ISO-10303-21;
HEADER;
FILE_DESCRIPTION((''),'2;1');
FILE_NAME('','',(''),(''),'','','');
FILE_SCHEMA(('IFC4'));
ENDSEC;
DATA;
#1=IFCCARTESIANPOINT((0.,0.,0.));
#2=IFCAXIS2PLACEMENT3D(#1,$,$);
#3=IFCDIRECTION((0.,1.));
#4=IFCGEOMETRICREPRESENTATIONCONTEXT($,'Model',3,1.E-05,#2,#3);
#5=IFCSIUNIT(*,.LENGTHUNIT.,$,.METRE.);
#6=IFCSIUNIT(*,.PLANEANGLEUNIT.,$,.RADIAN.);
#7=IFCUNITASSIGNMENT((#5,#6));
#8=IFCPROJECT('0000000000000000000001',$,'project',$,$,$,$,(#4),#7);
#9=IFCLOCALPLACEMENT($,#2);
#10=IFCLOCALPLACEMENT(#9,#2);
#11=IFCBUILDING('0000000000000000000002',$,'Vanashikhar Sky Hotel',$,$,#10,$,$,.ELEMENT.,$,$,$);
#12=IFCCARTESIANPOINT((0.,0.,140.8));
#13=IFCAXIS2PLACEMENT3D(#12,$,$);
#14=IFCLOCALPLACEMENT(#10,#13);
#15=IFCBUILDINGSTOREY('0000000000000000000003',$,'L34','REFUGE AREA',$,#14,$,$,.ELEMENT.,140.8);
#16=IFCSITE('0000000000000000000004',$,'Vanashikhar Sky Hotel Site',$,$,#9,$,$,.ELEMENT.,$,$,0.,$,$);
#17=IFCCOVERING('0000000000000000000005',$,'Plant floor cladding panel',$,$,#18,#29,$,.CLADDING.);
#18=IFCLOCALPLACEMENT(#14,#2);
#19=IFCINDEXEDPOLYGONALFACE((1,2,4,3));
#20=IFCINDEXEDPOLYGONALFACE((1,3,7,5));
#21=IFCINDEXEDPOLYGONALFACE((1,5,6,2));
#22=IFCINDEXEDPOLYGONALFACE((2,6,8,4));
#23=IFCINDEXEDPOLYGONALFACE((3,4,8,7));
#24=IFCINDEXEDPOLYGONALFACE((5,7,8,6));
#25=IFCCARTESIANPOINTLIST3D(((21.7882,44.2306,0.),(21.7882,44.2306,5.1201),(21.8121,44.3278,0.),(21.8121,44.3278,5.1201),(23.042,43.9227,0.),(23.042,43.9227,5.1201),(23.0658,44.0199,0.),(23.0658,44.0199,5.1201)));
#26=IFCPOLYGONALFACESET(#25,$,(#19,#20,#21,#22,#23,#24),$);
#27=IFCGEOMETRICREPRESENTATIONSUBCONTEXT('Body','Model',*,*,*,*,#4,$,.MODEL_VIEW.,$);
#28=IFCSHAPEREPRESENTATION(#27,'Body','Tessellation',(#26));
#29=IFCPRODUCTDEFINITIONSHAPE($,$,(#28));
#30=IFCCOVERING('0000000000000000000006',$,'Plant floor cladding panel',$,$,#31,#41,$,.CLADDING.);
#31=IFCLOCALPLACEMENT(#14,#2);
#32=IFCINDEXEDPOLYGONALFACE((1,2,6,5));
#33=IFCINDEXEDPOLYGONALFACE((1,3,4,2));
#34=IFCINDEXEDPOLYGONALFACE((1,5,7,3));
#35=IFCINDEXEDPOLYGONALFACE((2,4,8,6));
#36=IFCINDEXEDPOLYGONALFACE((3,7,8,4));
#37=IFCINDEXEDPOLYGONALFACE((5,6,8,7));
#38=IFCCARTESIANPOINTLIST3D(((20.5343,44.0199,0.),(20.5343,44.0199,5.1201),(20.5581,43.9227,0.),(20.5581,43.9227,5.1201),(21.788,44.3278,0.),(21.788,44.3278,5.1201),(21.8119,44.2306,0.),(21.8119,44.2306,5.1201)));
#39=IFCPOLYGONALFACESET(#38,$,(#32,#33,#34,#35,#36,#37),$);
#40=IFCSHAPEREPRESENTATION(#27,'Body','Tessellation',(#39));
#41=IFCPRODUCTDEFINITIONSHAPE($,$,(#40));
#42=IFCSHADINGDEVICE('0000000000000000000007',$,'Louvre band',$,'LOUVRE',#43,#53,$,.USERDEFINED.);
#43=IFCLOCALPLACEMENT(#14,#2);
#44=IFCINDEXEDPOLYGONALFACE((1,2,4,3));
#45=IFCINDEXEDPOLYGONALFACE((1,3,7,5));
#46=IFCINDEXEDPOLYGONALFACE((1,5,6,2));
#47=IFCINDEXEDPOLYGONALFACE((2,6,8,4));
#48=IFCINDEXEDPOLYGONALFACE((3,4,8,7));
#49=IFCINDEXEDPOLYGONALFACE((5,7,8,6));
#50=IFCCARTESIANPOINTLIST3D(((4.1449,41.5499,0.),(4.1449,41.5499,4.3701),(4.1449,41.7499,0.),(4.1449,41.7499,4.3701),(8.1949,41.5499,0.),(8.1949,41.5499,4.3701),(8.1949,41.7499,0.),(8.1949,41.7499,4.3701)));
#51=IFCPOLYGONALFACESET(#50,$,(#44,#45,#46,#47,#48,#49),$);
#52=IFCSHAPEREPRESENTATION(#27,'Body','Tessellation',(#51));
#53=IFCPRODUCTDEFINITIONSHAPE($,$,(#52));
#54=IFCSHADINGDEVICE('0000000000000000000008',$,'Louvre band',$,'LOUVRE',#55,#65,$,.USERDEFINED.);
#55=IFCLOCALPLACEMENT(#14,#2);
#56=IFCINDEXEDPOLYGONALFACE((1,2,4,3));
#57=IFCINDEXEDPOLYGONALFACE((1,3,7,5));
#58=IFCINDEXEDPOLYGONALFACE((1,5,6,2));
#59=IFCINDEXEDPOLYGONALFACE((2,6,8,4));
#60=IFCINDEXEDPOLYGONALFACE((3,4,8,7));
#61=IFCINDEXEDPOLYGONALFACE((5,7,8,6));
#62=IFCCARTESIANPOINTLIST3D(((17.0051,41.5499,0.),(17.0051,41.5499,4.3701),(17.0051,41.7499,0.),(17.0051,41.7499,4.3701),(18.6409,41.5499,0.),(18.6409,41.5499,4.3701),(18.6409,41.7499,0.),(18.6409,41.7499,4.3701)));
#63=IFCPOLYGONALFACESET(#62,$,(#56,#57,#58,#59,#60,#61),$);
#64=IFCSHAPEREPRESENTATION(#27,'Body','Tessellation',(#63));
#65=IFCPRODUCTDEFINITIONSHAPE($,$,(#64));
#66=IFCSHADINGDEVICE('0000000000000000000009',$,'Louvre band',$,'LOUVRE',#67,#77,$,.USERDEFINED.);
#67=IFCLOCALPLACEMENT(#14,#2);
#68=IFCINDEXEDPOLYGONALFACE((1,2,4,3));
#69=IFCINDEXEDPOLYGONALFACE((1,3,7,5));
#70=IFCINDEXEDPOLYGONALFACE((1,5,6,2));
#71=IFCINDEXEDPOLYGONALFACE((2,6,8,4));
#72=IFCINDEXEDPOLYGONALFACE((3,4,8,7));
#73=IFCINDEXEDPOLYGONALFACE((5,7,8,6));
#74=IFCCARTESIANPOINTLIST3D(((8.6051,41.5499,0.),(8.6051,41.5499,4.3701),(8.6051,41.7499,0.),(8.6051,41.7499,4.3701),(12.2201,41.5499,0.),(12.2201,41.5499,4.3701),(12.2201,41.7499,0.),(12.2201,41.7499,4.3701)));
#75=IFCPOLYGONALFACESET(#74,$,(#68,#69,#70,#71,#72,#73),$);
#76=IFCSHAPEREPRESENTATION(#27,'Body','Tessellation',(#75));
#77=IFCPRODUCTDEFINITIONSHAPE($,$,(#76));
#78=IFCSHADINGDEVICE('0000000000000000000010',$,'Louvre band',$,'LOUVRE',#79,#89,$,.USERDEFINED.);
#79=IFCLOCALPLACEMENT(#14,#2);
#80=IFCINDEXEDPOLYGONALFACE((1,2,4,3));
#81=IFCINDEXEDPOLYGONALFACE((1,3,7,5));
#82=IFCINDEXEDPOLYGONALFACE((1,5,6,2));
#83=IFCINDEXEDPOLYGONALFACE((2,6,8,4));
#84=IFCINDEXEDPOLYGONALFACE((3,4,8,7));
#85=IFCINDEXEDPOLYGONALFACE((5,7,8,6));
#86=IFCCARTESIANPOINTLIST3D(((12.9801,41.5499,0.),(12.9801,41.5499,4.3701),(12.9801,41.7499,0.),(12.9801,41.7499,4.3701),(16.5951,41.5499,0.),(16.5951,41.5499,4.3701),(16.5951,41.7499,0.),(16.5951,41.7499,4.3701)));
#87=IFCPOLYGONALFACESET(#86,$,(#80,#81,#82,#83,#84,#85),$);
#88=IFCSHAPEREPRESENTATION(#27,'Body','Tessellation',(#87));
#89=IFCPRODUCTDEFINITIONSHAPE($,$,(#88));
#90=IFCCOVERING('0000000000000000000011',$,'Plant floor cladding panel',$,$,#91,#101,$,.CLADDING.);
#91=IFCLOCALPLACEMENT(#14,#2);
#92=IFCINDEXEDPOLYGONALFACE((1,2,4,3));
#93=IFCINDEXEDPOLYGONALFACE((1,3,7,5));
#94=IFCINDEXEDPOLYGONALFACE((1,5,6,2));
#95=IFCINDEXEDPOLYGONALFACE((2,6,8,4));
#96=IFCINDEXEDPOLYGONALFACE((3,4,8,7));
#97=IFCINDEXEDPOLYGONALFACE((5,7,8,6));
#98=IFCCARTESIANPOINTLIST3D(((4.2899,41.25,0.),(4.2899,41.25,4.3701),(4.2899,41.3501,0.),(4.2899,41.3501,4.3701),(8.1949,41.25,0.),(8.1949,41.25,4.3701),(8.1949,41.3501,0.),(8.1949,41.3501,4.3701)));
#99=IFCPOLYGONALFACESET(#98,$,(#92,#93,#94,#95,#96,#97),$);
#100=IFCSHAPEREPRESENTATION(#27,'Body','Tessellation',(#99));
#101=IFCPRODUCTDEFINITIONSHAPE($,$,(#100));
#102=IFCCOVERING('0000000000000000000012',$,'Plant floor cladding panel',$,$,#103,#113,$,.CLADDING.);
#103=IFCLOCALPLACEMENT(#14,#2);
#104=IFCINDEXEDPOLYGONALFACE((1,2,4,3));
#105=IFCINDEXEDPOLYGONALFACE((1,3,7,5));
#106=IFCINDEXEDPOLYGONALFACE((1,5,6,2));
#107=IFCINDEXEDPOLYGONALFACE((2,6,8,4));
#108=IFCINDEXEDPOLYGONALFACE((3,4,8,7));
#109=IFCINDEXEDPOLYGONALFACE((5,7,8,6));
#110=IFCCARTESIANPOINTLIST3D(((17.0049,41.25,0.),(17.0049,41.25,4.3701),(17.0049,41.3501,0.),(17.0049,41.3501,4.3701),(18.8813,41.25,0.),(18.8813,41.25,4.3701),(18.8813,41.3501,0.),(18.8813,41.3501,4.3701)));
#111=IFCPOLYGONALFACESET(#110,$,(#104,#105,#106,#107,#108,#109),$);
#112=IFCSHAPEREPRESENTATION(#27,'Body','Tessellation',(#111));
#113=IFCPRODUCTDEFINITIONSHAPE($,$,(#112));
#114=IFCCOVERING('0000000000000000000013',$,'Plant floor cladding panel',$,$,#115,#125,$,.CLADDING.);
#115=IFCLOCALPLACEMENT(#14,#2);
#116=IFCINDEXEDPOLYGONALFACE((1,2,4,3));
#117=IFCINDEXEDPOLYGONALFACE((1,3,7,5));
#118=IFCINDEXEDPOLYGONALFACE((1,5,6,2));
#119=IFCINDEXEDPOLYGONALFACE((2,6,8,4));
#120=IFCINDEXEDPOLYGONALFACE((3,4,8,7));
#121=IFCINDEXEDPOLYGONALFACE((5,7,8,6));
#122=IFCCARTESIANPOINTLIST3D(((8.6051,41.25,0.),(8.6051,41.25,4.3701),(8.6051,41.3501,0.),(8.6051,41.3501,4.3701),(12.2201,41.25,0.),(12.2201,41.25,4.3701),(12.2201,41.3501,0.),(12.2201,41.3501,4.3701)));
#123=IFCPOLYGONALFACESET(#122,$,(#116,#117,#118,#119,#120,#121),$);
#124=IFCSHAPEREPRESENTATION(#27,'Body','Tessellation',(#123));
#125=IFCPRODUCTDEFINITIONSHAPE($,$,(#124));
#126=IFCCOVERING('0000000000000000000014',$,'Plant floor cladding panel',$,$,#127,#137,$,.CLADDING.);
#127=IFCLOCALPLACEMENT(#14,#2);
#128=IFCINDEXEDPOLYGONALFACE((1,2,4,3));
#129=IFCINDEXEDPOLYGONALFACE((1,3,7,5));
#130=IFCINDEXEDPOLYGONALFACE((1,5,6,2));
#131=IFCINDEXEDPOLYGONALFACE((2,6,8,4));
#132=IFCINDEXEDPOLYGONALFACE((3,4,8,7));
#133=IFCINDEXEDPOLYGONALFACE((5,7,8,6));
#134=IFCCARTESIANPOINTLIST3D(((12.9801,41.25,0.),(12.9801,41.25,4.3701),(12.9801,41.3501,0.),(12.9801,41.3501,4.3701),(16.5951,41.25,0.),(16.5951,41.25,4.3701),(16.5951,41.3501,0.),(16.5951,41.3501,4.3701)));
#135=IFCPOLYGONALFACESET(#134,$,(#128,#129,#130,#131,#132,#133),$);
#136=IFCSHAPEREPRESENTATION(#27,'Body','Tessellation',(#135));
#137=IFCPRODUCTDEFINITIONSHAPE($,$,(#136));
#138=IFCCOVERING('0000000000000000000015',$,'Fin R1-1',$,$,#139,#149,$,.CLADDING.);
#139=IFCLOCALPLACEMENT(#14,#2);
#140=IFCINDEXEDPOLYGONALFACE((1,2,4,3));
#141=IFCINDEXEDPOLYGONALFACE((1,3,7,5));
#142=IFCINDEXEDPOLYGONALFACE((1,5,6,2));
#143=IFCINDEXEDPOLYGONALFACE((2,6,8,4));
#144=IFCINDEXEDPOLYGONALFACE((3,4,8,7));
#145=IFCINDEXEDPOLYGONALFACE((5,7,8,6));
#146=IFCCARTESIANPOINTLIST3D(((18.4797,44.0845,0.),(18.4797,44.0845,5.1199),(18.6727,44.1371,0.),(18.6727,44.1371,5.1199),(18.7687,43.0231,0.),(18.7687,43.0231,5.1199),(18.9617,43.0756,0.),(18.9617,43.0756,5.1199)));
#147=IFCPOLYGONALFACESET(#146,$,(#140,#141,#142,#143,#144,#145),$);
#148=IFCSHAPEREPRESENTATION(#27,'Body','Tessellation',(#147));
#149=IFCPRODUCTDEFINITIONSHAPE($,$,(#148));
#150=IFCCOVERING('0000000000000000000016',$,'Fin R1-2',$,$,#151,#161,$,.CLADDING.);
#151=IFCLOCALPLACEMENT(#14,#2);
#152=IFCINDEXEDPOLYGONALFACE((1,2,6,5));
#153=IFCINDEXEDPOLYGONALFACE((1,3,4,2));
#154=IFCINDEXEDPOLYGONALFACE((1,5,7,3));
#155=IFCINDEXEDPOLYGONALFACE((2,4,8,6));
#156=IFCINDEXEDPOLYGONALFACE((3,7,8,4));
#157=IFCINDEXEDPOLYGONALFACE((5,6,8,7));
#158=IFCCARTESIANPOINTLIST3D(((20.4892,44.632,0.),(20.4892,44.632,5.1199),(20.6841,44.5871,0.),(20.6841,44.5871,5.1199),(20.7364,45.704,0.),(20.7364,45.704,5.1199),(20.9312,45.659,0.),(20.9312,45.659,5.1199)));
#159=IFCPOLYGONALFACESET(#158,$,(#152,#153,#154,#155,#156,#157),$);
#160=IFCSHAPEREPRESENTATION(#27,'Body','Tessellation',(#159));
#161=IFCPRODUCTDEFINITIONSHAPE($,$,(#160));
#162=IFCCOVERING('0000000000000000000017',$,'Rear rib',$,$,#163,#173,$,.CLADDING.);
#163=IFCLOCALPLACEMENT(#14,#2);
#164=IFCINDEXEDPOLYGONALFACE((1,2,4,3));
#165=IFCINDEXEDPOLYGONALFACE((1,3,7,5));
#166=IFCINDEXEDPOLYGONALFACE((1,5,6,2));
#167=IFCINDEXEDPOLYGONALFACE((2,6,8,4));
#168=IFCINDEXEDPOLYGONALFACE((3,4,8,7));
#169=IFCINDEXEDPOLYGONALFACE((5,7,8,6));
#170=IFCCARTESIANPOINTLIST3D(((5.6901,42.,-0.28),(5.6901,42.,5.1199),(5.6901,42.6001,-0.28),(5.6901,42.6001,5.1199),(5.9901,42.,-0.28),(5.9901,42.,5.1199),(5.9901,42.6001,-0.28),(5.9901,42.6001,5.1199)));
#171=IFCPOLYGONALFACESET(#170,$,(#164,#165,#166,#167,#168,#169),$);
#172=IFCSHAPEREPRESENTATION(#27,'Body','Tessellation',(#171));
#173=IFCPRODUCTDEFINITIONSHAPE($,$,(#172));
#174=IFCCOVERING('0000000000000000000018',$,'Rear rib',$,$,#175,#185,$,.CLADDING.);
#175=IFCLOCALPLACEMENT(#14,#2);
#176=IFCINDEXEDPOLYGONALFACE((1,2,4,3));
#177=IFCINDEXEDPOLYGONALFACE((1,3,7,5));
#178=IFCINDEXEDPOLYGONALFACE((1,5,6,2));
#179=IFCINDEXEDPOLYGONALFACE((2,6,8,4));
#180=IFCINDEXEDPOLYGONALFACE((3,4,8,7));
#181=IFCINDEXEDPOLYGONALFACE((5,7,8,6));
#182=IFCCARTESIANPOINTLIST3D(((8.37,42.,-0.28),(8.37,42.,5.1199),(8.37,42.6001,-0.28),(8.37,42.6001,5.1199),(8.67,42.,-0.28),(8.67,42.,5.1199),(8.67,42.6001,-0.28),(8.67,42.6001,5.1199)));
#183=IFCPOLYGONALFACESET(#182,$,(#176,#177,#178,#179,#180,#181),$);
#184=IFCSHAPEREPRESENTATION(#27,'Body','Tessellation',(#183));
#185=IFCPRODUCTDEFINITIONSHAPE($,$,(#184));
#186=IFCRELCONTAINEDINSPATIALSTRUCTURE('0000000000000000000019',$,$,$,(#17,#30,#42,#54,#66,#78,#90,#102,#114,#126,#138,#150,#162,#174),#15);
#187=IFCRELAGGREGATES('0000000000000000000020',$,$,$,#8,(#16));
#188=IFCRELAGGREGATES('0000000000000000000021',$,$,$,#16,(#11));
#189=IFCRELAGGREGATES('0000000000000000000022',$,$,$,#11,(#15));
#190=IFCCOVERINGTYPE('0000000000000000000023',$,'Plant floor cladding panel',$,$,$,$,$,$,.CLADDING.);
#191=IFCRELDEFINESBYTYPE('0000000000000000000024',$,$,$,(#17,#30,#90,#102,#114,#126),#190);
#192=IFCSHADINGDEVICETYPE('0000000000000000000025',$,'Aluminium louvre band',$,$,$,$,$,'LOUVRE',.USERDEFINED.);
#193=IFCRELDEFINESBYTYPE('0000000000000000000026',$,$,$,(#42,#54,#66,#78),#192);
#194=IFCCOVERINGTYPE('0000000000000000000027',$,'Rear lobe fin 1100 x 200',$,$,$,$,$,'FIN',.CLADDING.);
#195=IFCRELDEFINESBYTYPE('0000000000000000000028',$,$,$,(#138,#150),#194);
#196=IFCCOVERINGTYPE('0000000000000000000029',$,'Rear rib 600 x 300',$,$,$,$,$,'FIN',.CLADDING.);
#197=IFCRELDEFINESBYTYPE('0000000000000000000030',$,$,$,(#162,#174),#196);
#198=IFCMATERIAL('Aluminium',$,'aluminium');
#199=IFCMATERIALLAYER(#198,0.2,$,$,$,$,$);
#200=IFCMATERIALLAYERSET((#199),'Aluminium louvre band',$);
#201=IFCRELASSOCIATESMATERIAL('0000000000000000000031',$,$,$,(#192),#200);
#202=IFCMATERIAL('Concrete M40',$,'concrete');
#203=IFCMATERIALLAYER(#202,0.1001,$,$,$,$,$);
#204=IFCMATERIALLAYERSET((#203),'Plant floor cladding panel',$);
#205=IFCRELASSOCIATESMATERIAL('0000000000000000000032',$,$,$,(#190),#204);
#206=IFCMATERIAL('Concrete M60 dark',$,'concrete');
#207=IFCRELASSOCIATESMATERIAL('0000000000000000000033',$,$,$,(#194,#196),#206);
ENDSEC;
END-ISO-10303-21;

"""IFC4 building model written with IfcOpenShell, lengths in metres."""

from ifc_helpers import new_model, si_unit, direction, frame, origin, origin_2d, place, context, subcontext, project, spatial, rectangle, extrude, source, transform, mapped, material, layer, layer_set, material_profile, profile_set, type_object, element, save


model = new_model("IFC4")

# Units and contexts
model_context = context("Model", 3, precision=1e-05, world=origin(), true_north=direction((0.0, 1.0)))
body_context = subcontext(model_context, "Body", "Model", "MODEL_VIEW")
ifc_project = project(units=[si_unit("LENGTHUNIT", "METRE"), si_unit("PLANEANGLEUNIT", "RADIAN")], contexts=[model_context])

# Site, building, storey
site_placement = place(None, origin())
site = spatial("IfcSite", under=ifc_project, at=site_placement, Name="Vanashikhar Sky Hotel Site", CompositionType="ELEMENT", RefElevation=0.0)
building_placement = place(site_placement, origin())
building = spatial("IfcBuilding", under=site, at=building_placement, Name="Vanashikhar Sky Hotel", CompositionType="ELEMENT")
storey_placement = place(building_placement, frame((0.0, 0.0, 140.8)))
storey = spatial("IfcBuildingStorey", under=building, at=storey_placement, Name="L34", Description="REFUGE AREA", CompositionType="ELEMENT", Elevation=140.8)

# Shared definitions
ifc_material_1 = material(Name="Aluminium", Category="aluminium")
ifc_layer_1 = layer(ifc_material_1, 0.2)
ifc_layer_set_1 = layer_set([ifc_layer_1], Name="Aluminium louvre band")
shading_device_type = type_object("IfcShadingDeviceType", Name="Aluminium louvre band", ElementType="LOUVRE", PredefinedType="USERDEFINED", material=ifc_layer_set_1)

# Coverings
ifc_material_2 = material(Name="Concrete M40", Category="concrete")
ifc_layer_2 = layer(ifc_material_2, 0.1001)
ifc_layer_set_2 = layer_set([ifc_layer_2], Name="Plant floor cladding panel")
covering_type_1 = type_object("IfcCoveringType", Name="Plant floor cladding panel", PredefinedType="CLADDING", material=ifc_layer_set_2)
shared_shape_1 = source(origin(), body_context, "Body", "SweptSolid", [
    extrude(rectangle(XDim=1.291, YDim=0.1001, at=origin_2d()), origin(), (0.0, 0.0, 1.0), 5.1201),
])
for number, where, z_axis, x_axis, name in (
    (1, (22.427, 44.1252, 0.0), (0.0, 0.0, 1.0), (-0.971151, 0.238466, 0.0), "Plant floor cladding panel"),
    (2, (21.1731, 44.1252, 0.0), (0.0, 0.0, 1.0), (-0.971151, -0.238466, 0.0), "Plant floor cladding panel"),
):
    element("IfcCovering", number, at=place(storey_placement, frame(where, z_axis=z_axis, x_axis=x_axis)), inside=storey, type_object=covering_type_1, Name=name, PredefinedType="CLADDING", context=body_context, shape_type="MappedRepresentation", body=[
        mapped(shared_shape_1, transform((0.0, 0.0, 0.0), scale=1.0)),
    ])

# Shading devices
shared_shape_2 = source(origin(), body_context, "Body", "SweptSolid", [
    extrude(rectangle(XDim=4.05, YDim=0.2, at=origin_2d()), origin(), (0.0, 0.0, 1.0), 4.3701),
])
shading_device_1_placement = place(storey_placement, frame((6.1699, 41.6499, 0.0), z_axis=(0.0, 0.0, 1.0), x_axis=(-1.0, 0.0, 0.0)))
element("IfcShadingDevice", 3, at=shading_device_1_placement, inside=storey, type_object=shading_device_type, Name="Louvre band", ObjectType="LOUVRE", PredefinedType="USERDEFINED", context=body_context, shape_type="MappedRepresentation", body=[
    mapped(shared_shape_2, transform((0.0, 0.0, 0.0), scale=1.0)),
])
shared_shape_3 = source(origin(), body_context, "Body", "SweptSolid", [
    extrude(rectangle(XDim=1.6357, YDim=0.2, at=origin_2d()), origin(), (0.0, 0.0, 1.0), 4.3701),
])
shading_device_2_placement = place(storey_placement, frame((17.823, 41.6499, 0.0), z_axis=(0.0, 0.0, 1.0), x_axis=(-1.0, 0.0, 0.0)))
element("IfcShadingDevice", 4, at=shading_device_2_placement, inside=storey, type_object=shading_device_type, Name="Louvre band", ObjectType="LOUVRE", PredefinedType="USERDEFINED", context=body_context, shape_type="MappedRepresentation", body=[
    mapped(shared_shape_3, transform((0.0, 0.0, 0.0), scale=1.0)),
])
shared_shape_4 = source(origin(), body_context, "Body", "SweptSolid", [
    extrude(rectangle(XDim=3.615, YDim=0.2, at=origin_2d()), origin(), (0.0, 0.0, 1.0), 4.3701),
])
for number, where, z_axis, x_axis, name in (
    (5, (10.4126, 41.6499, 0.0), (0.0, 0.0, 1.0), (-1.0, 0.0, 0.0), "Louvre band"),
    (6, (14.7876, 41.6499, 0.0), (0.0, 0.0, 1.0), (-1.0, 0.0, 0.0), "Louvre band"),
):
    element("IfcShadingDevice", number, at=place(storey_placement, frame(where, z_axis=z_axis, x_axis=x_axis)), inside=storey, type_object=shading_device_type, Name=name, ObjectType="LOUVRE", PredefinedType="USERDEFINED", context=body_context, shape_type="MappedRepresentation", body=[
        mapped(shared_shape_4, transform((0.0, 0.0, 0.0), scale=1.0)),
    ])

# Coverings
shared_shape_5 = source(origin(), body_context, "Body", "SweptSolid", [
    extrude(rectangle(XDim=3.905, YDim=0.1001, at=origin_2d()), origin(), (0.0, 0.0, 1.0), 4.3701),
])
covering_1_placement = place(storey_placement, frame((6.2424, 41.3, 0.0), z_axis=(0.0, 0.0, 1.0), x_axis=(-1.0, 0.0, 0.0)))
element("IfcCovering", 7, at=covering_1_placement, inside=storey, type_object=covering_type_1, Name="Plant floor cladding panel", PredefinedType="CLADDING", context=body_context, shape_type="MappedRepresentation", body=[
    mapped(shared_shape_5, transform((0.0, 0.0, 0.0), scale=1.0)),
])
shared_shape_6 = source(origin(), body_context, "Body", "SweptSolid", [
    extrude(rectangle(XDim=1.8765, YDim=0.1001, at=origin_2d()), origin(), (0.0, 0.0, 1.0), 4.3701),
])
covering_2_placement = place(storey_placement, frame((17.9431, 41.3, 0.0), z_axis=(0.0, 0.0, 1.0), x_axis=(-1.0, 0.0, 0.0)))
element("IfcCovering", 8, at=covering_2_placement, inside=storey, type_object=covering_type_1, Name="Plant floor cladding panel", PredefinedType="CLADDING", context=body_context, shape_type="MappedRepresentation", body=[
    mapped(shared_shape_6, transform((0.0, 0.0, 0.0), scale=1.0)),
])
shared_shape_7 = source(origin(), body_context, "Body", "SweptSolid", [
    extrude(rectangle(XDim=3.615, YDim=0.1001, at=origin_2d()), origin(), (0.0, 0.0, 1.0), 4.3701),
])
for number, where, z_axis, x_axis, name in (
    (9, (10.4126, 41.3, 0.0), (0.0, 0.0, 1.0), (-1.0, 0.0, 0.0), "Plant floor cladding panel"),
    (10, (14.7876, 41.3, 0.0), (0.0, 0.0, 1.0), (-1.0, 0.0, 0.0), "Plant floor cladding panel"),
):
    element("IfcCovering", number, at=place(storey_placement, frame(where, z_axis=z_axis, x_axis=x_axis)), inside=storey, type_object=covering_type_1, Name=name, PredefinedType="CLADDING", context=body_context, shape_type="MappedRepresentation", body=[
        mapped(shared_shape_7, transform((0.0, 0.0, 0.0), scale=1.0)),
    ])
ifc_material_3 = material(Name="Concrete M60 dark", Category="concrete")
ifc_material_profile_1 = material_profile(ifc_material_3, rectangle(XDim=1.1001, YDim=0.2, at=origin_2d()))
ifc_profile_set_1 = profile_set([ifc_material_profile_1], Name="Rear lobe fin 1100 x 200")
covering_type_2 = type_object("IfcCoveringType", Name="Rear lobe fin 1100 x 200", ElementType="FIN", PredefinedType="CLADDING", material=ifc_profile_set_1)
shared_shape_8 = source(origin(), body_context, "Body", "SweptSolid", [
    extrude(rectangle(XDim=1.1001, YDim=0.2, at=origin_2d()), origin(), (0.0, 0.0, 1.0), 5.1199),
])
for number, where, z_axis, x_axis, name in (
    (11, (18.7207, 43.5801, 0.0), (0.0, 0.0, 1.0), (-0.262711, 0.964874, 0.0), "Fin R1-1"),
    (12, (20.7102, 45.1455, 0.0), (0.0, 0.0, 1.0), (0.224645, 0.974441, 0.0), "Fin R1-2"),
):
    element("IfcCovering", number, at=place(storey_placement, frame(where, z_axis=z_axis, x_axis=x_axis)), inside=storey, type_object=covering_type_2, Name=name, PredefinedType="CLADDING", context=body_context, shape_type="MappedRepresentation", body=[
        mapped(shared_shape_8, transform((0.0, 0.0, 0.0), scale=1.0)),
    ])
ifc_material_profile_2 = material_profile(ifc_material_3, rectangle(XDim=0.6001, YDim=0.3, at=origin_2d()))
ifc_profile_set_2 = profile_set([ifc_material_profile_2], Name="Rear rib 600 x 300")
covering_type_3 = type_object("IfcCoveringType", Name="Rear rib 600 x 300", ElementType="FIN", PredefinedType="CLADDING", material=ifc_profile_set_2)
shared_shape_9 = source(origin(), body_context, "Body", "SweptSolid", [
    extrude(rectangle(XDim=0.6001, YDim=0.3, at=origin_2d()), origin(), (0.0, 0.0, 1.0), 5.3999),
])
for number, where, z_axis, x_axis, name in (
    (13, (5.8401, 42.3, -0.28), (0.0, 0.0, 1.0), (0.0, 1.0, 0.0), "Rear rib"),
    (14, (8.52, 42.3, -0.28), (0.0, 0.0, 1.0), (0.0, 1.0, 0.0), "Rear rib"),
):
    element("IfcCovering", number, at=place(storey_placement, frame(where, z_axis=z_axis, x_axis=x_axis)), inside=storey, type_object=covering_type_3, Name=name, PredefinedType="CLADDING", context=body_context, shape_type="MappedRepresentation", body=[
        mapped(shared_shape_9, transform((0.0, 0.0, 0.0), scale=1.0)),
    ])

save(model, "model.ifc")
